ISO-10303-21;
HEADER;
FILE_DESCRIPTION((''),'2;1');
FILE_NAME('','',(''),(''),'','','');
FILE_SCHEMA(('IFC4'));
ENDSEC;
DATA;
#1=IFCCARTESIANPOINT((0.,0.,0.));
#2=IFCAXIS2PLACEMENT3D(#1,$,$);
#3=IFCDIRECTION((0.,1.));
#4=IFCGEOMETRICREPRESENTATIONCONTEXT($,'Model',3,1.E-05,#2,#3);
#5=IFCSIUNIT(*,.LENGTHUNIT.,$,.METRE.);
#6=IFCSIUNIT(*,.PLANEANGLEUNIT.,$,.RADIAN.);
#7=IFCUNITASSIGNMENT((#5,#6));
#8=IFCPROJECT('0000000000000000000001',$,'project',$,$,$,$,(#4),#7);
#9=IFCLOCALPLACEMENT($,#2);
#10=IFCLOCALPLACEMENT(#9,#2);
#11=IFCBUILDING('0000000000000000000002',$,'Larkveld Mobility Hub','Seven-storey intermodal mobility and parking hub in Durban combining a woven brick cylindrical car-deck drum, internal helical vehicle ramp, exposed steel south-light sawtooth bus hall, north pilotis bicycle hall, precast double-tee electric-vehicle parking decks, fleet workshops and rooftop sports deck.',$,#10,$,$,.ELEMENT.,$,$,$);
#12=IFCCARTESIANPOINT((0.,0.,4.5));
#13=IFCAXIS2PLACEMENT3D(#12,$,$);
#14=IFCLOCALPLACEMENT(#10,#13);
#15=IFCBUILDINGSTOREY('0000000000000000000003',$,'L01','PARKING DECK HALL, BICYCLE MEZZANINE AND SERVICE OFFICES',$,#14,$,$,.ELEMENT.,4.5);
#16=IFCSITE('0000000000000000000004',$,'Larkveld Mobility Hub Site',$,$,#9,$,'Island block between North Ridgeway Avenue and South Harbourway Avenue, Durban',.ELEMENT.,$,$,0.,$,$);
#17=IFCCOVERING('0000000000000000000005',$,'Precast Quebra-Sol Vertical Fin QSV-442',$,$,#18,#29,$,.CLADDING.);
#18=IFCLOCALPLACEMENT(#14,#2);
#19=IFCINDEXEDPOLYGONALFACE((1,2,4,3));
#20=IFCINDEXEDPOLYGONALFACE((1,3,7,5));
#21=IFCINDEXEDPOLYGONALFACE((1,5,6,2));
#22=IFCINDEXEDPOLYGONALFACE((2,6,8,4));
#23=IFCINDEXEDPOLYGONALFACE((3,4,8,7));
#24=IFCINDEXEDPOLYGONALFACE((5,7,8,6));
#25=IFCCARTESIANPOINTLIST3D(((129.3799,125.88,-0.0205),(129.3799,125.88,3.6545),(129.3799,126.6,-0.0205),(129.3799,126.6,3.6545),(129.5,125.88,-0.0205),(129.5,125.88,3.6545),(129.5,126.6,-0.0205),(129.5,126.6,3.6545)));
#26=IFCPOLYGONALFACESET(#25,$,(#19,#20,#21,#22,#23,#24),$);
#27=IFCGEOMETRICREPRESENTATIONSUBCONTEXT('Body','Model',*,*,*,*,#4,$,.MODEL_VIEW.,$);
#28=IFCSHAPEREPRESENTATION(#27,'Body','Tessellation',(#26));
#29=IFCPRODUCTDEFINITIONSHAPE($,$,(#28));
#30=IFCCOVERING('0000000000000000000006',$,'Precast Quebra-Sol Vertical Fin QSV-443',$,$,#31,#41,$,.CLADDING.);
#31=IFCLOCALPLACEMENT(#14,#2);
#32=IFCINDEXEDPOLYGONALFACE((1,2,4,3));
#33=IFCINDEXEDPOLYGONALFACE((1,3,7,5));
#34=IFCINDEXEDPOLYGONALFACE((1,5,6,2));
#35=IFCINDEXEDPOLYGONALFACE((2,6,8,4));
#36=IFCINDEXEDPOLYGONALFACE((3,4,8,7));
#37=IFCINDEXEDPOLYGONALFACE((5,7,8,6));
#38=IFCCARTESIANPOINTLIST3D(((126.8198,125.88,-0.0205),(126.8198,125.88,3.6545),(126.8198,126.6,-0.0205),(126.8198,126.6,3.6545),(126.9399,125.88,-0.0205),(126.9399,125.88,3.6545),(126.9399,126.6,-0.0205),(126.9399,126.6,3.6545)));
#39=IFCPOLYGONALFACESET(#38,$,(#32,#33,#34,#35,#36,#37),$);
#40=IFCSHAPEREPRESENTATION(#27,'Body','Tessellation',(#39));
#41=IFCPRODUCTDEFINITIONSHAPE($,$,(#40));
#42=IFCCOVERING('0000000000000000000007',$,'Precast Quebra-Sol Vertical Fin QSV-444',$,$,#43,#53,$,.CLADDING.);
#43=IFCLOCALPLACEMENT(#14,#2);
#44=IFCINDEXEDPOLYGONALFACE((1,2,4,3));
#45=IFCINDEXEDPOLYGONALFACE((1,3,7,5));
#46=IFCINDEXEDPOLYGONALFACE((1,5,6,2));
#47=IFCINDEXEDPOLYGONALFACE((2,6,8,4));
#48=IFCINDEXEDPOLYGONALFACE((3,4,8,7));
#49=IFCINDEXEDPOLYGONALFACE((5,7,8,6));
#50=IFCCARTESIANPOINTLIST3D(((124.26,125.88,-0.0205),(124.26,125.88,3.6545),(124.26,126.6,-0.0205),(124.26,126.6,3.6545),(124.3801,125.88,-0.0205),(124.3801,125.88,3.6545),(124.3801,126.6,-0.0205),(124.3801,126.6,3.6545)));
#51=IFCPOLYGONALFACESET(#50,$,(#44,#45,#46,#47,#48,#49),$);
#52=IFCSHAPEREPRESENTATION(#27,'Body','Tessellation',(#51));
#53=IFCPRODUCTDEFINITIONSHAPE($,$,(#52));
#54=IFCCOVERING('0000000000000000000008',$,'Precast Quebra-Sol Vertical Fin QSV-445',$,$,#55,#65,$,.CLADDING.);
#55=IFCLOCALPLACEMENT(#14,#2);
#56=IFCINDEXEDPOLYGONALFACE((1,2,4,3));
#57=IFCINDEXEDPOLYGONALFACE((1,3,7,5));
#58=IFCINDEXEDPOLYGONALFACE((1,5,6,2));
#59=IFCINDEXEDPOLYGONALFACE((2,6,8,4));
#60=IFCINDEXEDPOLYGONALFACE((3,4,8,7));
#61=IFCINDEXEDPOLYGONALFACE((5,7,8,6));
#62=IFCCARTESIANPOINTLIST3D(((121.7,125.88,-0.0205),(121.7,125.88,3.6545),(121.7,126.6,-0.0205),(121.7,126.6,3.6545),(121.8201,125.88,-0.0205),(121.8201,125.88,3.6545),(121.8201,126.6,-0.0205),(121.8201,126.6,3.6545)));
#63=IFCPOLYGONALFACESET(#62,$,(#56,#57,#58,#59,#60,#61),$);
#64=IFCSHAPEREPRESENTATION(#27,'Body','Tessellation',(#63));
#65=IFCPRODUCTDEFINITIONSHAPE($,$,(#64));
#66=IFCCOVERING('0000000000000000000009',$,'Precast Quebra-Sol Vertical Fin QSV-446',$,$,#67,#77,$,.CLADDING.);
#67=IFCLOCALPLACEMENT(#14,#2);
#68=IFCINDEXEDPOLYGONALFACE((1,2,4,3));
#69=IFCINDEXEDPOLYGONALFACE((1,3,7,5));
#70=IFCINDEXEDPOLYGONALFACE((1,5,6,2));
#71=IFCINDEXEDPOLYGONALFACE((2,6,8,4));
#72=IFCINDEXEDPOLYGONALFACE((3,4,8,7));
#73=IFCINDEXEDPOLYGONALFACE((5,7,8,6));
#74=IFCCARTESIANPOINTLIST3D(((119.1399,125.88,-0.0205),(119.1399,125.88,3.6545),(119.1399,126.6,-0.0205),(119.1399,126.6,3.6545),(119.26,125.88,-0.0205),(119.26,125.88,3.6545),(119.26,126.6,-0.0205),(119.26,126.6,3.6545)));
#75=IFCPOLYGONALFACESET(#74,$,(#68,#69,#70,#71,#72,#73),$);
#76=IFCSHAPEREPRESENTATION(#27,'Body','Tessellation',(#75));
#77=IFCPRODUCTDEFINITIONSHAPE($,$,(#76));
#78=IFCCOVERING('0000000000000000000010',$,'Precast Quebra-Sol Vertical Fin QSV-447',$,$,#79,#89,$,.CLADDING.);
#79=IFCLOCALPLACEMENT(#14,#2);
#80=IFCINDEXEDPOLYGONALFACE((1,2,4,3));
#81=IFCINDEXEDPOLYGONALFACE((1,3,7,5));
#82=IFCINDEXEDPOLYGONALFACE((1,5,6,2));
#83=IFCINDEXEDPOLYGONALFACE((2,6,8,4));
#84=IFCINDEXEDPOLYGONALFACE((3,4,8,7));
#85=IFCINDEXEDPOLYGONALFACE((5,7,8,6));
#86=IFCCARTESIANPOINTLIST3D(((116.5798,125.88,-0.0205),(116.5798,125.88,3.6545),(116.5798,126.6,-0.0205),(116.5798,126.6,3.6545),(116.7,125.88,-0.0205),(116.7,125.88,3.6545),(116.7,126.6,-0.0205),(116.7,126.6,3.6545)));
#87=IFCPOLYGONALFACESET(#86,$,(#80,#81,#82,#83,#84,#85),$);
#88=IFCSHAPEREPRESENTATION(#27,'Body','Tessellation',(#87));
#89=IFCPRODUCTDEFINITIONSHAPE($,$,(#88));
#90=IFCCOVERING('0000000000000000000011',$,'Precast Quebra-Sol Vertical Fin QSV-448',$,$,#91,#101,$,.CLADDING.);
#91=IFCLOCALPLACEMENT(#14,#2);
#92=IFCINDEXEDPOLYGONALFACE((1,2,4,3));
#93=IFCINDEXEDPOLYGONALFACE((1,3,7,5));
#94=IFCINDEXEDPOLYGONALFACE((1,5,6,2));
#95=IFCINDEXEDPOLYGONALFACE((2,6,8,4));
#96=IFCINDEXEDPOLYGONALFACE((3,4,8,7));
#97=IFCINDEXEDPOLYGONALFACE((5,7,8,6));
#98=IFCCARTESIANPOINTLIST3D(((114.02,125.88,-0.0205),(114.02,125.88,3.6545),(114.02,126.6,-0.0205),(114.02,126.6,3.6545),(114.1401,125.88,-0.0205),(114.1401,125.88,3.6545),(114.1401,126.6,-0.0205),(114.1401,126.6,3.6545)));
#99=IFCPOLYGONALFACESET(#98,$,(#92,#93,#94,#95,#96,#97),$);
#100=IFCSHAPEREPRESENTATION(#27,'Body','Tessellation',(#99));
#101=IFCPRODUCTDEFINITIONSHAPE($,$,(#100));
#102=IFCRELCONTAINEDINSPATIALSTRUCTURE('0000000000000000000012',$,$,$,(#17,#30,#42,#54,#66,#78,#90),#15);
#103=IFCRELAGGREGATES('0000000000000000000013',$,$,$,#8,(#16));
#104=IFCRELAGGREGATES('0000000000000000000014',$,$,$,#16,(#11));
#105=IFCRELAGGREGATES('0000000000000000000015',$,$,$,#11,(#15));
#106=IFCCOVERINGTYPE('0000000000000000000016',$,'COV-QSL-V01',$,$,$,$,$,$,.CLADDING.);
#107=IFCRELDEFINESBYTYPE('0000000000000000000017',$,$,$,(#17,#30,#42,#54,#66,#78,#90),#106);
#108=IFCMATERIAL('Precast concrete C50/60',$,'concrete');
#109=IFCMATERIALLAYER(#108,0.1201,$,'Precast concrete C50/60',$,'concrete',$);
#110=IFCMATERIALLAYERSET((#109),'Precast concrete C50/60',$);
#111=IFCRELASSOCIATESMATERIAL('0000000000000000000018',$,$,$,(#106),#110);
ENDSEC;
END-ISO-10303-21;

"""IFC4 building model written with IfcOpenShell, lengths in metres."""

from ifc_helpers import new_model, si_unit, direction, frame, origin, origin_2d, place, context, subcontext, project, spatial, rectangle, extrude, material, layer, layer_set, type_object, element, save


model = new_model("IFC4")

# Units and contexts
model_context = context("Model", 3, precision=1e-05, world=origin(), true_north=direction((0.0, 1.0)))
body_context = subcontext(model_context, "Body", "Model", "MODEL_VIEW")
ifc_project = project(units=[si_unit("LENGTHUNIT", "METRE"), si_unit("PLANEANGLEUNIT", "RADIAN")], contexts=[model_context])

# Site, building, storey
site_placement = place(None, origin())
site = spatial("IfcSite", under=ifc_project, at=site_placement, Name="Larkveld Mobility Hub Site", LongName="Island block between North Ridgeway Avenue and South Harbourway Avenue, Durban", CompositionType="ELEMENT", RefElevation=0.0)
building_placement = place(site_placement, origin())
building = spatial("IfcBuilding", under=site, at=building_placement, Name="Larkveld Mobility Hub", Description="Seven-storey intermodal mobility and parking hub in Durban combining a woven brick cylindrical car-deck drum, internal helical vehicle ramp, exposed steel south-light sawtooth bus hall, north pilotis bicycle hall, precast double-tee electric-vehicle parking decks, fleet workshops and rooftop sports deck.", CompositionType="ELEMENT")
storey_placement = place(building_placement, frame((0.0, 0.0, 4.5)))
storey = spatial("IfcBuildingStorey", under=building, at=storey_placement, Name="L01", Description="PARKING DECK HALL, BICYCLE MEZZANINE AND SERVICE OFFICES", CompositionType="ELEMENT", Elevation=4.5)

# Shared definitions
ifc_material_1 = material(Name="Precast concrete C50/60", Category="concrete")

# Coverings
ifc_layer_1 = layer(ifc_material_1, 0.1201, Name="Precast concrete C50/60", Category="concrete")
ifc_layer_set_1 = layer_set([ifc_layer_1], Name="Precast concrete C50/60")
covering_type_1 = type_object("IfcCoveringType", Name="COV-QSL-V01", PredefinedType="CLADDING", material=ifc_layer_set_1)
for number, where, z_axis, x_axis, name in (
    (1, (129.4399, 126.24, -0.0205), (0.0, 0.0, 1.0), (-1.0, 0.0, 0.0), "Precast Quebra-Sol Vertical Fin QSV-442"),
    (2, (126.8799, 126.24, -0.0205), (0.0, 0.0, 1.0), (-1.0, 0.0, 0.0), "Precast Quebra-Sol Vertical Fin QSV-443"),
    (3, (124.3201, 126.24, -0.0205), (0.0, 0.0, 1.0), (-1.0, 0.0, 0.0), "Precast Quebra-Sol Vertical Fin QSV-444"),
    (4, (121.76, 126.24, -0.0205), (0.0, 0.0, 1.0), (-1.0, 0.0, 0.0), "Precast Quebra-Sol Vertical Fin QSV-445"),
    (5, (119.2, 126.24, -0.0205), (0.0, 0.0, 1.0), (-1.0, 0.0, 0.0), "Precast Quebra-Sol Vertical Fin QSV-446"),
    (6, (116.6399, 126.24, -0.0205), (0.0, 0.0, 1.0), (-1.0, 0.0, 0.0), "Precast Quebra-Sol Vertical Fin QSV-447"),
    (7, (114.0801, 126.24, -0.0205), (0.0, 0.0, 1.0), (-1.0, 0.0, 0.0), "Precast Quebra-Sol Vertical Fin QSV-448"),
):
    element("IfcCovering", number, at=place(storey_placement, frame(where, z_axis=z_axis, x_axis=x_axis)), inside=storey, type_object=covering_type_1, Name=name, PredefinedType="CLADDING", context=body_context, shape_type="SweptSolid", body=[
        extrude(rectangle(XDim=0.1201, YDim=0.72, at=origin_2d()), origin(), (0.0, 0.0, 1.0), 3.675),
    ])

save(model, "model.ifc")
